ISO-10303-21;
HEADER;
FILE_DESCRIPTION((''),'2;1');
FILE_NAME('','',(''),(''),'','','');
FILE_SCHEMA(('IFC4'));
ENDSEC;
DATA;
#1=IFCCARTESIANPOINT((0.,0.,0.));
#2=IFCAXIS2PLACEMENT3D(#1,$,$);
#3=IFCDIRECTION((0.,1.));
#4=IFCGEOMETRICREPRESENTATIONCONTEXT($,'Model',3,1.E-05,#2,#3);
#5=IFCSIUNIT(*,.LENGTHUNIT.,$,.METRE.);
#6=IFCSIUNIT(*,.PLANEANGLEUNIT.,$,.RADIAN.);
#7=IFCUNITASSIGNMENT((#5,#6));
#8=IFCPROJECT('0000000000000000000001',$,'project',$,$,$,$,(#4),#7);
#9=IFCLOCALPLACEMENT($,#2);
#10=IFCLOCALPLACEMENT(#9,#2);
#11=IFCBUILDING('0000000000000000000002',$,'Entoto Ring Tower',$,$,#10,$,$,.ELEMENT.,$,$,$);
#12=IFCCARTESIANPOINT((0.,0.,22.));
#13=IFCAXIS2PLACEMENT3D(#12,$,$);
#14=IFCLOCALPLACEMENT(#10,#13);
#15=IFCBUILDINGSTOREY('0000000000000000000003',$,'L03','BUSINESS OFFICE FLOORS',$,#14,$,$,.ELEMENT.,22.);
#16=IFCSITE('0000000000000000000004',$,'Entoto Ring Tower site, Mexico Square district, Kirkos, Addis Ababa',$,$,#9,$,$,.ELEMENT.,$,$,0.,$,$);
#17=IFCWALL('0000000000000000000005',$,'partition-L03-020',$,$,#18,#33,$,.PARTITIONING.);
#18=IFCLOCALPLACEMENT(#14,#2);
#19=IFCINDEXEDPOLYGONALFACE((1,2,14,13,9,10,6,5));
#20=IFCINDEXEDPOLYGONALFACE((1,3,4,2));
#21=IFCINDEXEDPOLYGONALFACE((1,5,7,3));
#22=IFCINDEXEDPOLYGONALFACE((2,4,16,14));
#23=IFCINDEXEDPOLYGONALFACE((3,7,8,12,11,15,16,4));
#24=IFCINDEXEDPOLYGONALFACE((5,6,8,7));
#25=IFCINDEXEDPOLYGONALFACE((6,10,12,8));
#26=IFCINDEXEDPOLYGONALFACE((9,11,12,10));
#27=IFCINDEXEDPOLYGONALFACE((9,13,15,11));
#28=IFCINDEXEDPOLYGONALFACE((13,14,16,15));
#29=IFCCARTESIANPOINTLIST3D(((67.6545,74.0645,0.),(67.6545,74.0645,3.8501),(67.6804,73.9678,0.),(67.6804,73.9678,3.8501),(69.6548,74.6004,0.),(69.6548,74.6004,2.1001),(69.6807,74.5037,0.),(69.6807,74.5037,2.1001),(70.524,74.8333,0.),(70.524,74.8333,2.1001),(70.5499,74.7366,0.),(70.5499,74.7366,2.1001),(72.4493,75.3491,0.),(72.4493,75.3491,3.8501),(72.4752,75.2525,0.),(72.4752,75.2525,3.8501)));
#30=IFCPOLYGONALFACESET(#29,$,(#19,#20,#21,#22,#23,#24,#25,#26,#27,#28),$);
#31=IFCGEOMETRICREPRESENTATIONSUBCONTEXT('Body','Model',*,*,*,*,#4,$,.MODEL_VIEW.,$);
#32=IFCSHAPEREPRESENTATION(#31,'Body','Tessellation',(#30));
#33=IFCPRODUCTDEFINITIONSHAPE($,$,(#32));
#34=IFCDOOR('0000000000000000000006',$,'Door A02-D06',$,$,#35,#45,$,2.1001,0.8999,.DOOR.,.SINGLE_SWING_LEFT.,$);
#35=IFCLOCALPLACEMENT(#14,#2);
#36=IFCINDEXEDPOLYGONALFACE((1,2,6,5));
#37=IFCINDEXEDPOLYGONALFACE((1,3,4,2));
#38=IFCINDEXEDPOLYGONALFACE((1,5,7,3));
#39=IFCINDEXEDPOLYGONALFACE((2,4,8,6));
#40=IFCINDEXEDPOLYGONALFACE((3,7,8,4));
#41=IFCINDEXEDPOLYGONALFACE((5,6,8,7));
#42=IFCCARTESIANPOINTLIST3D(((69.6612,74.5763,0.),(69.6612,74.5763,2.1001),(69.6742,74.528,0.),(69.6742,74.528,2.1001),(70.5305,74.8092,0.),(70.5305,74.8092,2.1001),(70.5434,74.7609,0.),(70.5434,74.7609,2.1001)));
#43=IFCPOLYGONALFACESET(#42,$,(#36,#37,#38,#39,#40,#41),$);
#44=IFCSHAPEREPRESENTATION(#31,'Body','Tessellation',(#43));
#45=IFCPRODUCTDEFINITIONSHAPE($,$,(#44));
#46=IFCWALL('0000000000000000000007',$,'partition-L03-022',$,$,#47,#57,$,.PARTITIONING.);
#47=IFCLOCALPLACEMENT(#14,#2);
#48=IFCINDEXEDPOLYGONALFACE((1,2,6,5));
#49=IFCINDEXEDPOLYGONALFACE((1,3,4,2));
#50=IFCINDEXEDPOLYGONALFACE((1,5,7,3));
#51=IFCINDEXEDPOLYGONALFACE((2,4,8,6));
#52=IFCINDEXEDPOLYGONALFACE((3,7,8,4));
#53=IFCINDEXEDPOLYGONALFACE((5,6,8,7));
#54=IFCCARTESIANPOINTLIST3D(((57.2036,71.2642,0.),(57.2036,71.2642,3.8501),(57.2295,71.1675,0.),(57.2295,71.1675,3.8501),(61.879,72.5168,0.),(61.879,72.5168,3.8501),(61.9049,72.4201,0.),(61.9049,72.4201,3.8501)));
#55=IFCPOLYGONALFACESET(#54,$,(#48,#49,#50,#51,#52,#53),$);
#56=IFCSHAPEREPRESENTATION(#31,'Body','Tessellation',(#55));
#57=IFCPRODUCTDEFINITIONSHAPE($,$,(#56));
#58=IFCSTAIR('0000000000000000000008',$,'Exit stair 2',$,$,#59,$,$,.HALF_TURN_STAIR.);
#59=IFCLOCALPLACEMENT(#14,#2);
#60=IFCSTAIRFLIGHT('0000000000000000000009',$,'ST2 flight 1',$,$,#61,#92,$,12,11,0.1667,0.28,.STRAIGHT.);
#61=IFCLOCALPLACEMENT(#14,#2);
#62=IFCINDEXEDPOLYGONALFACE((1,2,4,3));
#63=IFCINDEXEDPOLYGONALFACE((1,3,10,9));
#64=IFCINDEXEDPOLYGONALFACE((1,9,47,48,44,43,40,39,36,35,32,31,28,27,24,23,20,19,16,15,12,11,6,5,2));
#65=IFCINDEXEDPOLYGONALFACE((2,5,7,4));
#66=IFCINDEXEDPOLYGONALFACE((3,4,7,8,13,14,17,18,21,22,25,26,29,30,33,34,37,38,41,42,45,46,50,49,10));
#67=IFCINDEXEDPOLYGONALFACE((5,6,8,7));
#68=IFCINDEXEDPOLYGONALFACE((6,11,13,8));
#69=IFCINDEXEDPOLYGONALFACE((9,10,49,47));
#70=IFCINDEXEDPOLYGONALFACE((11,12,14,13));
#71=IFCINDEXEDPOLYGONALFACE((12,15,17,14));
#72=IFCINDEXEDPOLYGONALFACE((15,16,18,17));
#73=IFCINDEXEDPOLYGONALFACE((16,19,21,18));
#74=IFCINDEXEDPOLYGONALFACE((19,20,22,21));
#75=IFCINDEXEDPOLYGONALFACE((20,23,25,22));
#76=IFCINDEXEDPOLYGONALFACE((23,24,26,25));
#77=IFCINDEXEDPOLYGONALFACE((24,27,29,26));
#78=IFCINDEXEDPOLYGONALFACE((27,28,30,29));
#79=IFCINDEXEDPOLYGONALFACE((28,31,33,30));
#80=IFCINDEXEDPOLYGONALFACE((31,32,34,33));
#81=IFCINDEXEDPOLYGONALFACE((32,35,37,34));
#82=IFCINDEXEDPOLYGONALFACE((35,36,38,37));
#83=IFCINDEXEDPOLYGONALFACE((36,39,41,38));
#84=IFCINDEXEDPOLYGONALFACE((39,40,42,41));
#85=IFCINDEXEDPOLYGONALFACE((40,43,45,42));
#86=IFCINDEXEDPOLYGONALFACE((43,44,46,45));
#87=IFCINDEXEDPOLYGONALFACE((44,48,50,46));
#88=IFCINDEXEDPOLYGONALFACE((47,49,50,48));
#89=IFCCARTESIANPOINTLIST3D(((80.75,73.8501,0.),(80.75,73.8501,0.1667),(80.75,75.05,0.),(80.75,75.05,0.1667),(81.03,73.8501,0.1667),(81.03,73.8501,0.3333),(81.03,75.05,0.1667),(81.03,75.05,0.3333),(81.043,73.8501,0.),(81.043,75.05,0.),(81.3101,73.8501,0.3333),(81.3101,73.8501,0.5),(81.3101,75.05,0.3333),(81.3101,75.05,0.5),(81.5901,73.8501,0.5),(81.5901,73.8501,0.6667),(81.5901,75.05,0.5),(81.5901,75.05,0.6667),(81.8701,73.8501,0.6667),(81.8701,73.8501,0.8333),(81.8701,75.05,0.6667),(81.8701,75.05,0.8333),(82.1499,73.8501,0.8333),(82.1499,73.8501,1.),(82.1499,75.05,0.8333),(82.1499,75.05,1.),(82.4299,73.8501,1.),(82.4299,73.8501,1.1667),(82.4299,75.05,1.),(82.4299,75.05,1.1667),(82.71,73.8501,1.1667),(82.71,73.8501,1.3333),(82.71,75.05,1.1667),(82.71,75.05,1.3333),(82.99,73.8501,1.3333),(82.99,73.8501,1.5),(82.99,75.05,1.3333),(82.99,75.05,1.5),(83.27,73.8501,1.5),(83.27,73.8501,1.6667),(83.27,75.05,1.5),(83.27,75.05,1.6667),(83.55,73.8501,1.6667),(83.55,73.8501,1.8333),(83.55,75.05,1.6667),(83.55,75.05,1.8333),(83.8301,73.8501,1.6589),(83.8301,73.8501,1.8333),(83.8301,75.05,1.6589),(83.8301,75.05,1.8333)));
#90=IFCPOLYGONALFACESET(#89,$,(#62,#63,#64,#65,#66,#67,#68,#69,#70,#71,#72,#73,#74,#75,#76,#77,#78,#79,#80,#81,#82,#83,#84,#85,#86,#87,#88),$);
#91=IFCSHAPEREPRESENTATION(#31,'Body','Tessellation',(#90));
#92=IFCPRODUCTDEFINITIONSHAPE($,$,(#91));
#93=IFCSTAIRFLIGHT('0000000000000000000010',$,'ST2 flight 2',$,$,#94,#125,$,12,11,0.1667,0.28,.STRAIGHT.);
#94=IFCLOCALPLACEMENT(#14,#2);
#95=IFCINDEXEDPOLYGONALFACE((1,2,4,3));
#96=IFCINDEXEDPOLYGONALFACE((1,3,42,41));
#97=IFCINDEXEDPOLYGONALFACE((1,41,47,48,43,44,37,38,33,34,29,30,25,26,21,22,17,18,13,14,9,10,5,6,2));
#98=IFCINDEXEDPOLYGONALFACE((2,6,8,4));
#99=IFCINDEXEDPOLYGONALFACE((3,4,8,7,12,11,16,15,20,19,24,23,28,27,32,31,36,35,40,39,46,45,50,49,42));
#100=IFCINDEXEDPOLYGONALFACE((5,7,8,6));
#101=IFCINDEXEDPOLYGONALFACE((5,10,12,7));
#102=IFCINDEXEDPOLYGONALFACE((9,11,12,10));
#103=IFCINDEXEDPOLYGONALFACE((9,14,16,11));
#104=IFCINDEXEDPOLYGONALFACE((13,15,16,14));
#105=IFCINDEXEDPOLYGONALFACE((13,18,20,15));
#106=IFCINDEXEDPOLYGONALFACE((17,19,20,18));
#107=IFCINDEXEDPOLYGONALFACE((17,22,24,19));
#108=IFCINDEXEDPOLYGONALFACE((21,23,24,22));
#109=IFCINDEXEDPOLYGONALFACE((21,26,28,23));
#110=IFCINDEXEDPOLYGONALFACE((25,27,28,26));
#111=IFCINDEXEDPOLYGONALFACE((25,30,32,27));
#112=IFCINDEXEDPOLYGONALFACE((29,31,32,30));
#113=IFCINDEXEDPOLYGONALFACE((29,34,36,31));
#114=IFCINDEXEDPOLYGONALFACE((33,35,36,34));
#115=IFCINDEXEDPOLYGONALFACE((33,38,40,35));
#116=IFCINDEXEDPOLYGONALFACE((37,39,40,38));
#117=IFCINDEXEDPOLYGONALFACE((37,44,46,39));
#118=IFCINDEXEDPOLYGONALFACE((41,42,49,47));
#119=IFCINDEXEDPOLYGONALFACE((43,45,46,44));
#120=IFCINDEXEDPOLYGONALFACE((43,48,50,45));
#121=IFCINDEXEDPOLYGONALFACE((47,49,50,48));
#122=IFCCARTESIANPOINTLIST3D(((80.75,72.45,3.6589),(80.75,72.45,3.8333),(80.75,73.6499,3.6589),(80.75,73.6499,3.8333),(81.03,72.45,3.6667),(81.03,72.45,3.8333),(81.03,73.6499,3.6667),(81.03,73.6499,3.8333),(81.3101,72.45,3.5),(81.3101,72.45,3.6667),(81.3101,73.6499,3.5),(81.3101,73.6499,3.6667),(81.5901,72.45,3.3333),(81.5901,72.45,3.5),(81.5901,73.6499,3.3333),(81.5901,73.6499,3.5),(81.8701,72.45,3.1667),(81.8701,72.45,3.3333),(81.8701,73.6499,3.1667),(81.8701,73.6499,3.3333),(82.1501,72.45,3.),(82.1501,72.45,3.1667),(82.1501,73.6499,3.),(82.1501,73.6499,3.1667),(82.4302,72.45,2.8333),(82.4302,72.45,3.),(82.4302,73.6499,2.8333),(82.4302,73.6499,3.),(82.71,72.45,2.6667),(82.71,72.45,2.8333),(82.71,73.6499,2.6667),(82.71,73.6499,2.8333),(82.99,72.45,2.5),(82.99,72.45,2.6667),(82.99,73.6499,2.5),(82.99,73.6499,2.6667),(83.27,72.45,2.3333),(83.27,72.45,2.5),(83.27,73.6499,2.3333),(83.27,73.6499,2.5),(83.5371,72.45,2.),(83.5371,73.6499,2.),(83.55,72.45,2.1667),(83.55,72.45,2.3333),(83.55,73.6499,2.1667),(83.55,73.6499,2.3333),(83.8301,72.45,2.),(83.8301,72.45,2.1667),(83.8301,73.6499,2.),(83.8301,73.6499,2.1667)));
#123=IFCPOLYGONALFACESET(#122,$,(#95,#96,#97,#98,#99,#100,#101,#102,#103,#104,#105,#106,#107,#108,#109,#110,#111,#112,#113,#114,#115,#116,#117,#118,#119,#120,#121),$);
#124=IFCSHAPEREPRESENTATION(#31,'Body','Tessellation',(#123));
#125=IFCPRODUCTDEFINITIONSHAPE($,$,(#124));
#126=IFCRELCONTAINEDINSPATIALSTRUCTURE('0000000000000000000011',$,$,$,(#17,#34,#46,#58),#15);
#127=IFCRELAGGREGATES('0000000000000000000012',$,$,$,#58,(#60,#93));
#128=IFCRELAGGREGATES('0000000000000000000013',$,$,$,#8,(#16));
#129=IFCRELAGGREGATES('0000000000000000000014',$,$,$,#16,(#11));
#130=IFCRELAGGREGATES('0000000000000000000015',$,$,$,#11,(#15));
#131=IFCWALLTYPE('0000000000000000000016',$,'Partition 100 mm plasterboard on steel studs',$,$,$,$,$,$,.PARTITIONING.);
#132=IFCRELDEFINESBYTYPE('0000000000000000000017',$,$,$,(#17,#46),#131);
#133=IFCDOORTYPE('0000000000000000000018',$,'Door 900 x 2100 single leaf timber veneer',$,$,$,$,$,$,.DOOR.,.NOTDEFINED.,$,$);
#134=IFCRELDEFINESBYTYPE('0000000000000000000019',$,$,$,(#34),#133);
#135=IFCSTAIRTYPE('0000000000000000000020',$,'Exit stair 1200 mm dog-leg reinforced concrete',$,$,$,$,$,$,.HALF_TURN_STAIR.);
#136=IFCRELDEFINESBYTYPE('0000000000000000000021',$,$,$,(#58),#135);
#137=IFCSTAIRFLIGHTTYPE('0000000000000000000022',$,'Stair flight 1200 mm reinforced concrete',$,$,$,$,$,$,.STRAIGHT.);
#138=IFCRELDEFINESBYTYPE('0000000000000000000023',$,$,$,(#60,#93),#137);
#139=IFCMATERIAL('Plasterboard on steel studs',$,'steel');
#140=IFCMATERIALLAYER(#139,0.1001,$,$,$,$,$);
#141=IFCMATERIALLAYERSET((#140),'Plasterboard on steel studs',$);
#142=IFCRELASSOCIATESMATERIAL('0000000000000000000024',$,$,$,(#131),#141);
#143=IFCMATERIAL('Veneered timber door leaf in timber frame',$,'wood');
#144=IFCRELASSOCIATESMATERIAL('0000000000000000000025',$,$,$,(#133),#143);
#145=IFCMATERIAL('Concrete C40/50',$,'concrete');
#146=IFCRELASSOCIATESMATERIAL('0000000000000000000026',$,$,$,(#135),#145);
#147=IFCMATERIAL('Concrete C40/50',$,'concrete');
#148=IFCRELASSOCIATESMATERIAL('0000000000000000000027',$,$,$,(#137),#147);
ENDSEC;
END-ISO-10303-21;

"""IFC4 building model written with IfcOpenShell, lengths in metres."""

from ifc_helpers import new_model, si_unit, direction, frame, frame_2d, origin, place, context, subcontext, project, spatial, polyline, rectangle, outline, extrude, material, layer, layer_set, type_object, element, fill, aggregate, save


model = new_model("IFC4")

# Units and contexts
model_context = context("Model", 3, precision=1e-05, world=origin(), true_north=direction((0.0, 1.0)))
body_context = subcontext(model_context, "Body", "Model", "MODEL_VIEW")
ifc_project = project(units=[si_unit("LENGTHUNIT", "METRE"), si_unit("PLANEANGLEUNIT", "RADIAN")], contexts=[model_context])

# Site, building, storey
site_placement = place(None, origin())
site = spatial("IfcSite", under=ifc_project, at=site_placement, Name="Entoto Ring Tower site, Mexico Square district, Kirkos, Addis Ababa", CompositionType="ELEMENT", RefElevation=0.0)
building_placement = place(site_placement, origin())
building = spatial("IfcBuilding", under=site, at=building_placement, Name="Entoto Ring Tower", CompositionType="ELEMENT")
storey_placement = place(building_placement, frame((0.0, 0.0, 22.0)))
storey = spatial("IfcBuildingStorey", under=building, at=storey_placement, Name="L03", Description="BUSINESS OFFICE FLOORS", CompositionType="ELEMENT", Elevation=22.0)

# Wall, opening, door
ifc_material_1 = material(Name="Plasterboard on steel studs", Category="steel")
ifc_layer_1 = layer(ifc_material_1, 0.1001)
ifc_layer_set_1 = layer_set([ifc_layer_1], Name="Plasterboard on steel studs")
wall_type_1 = type_object("IfcWallType", Name="Partition 100 mm plasterboard on steel studs", PredefinedType="PARTITIONING", material=ifc_layer_set_1)
wall_1_placement = place(storey_placement, frame((67.6675, 74.0161, 0.0), z_axis=(0.0, 0.0, 1.0), x_axis=(0.965929, 0.258807, 0.0)))
wall_1 = element("IfcWall", 1, at=wall_1_placement, inside=storey, type_object=wall_type_1, Name="partition-L03-020", PredefinedType="PARTITIONING", context=body_context, shape_type="SweptSolid", body=[
    extrude(rectangle(XDim=4.9639, YDim=0.1001, at=frame_2d((2.4819, 0.0))), origin(), (0.0, 0.0, 1.0), 3.8501),
])
opening_1_placement = place(wall_1_placement, frame((2.0708, 0.0, 0.0)))
opening_1 = element("IfcOpeningElement", 2, at=opening_1_placement, cuts=wall_1, PredefinedType="OPENING", context=body_context, shape_type="SweptSolid", body=[
    extrude(rectangle(XDim=0.8999, YDim=2.1001, at=frame_2d((0.45, 1.05))), frame((0.0, 0.0601, 0.0), z_axis=(0.0, -1.0, 0.0), x_axis=(1.0, 0.0, 0.0)), (0.0, 0.0, 1.0), 0.1201),
])
ifc_material_2 = material(Name="Veneered timber door leaf in timber frame", Category="wood")
door_type_1 = type_object("IfcDoorType", Name="Door 900 x 2100 single leaf timber veneer", OperationType="NOTDEFINED", PredefinedType="DOOR", material=ifc_material_2)
door_1_placement = place(opening_1_placement, frame((0.8999, 0.0, 0.0), z_axis=(0.0, 0.0, 1.0), x_axis=(-1.0, 0.0, 0.0)))
door_1 = element("IfcDoor", 3, at=door_1_placement, inside=storey, type_object=door_type_1, Name="Door A02-D06", OperationType="SINGLE_SWING_LEFT", OverallHeight=2.1001, OverallWidth=0.8999, PredefinedType="DOOR", context=body_context, shape_type="SweptSolid", body=[
    extrude(rectangle(XDim=0.8999, YDim=2.1001, at=frame_2d((0.45, 1.05))), frame((0.0, 0.0249, 0.0), z_axis=(0.0, -1.0, 0.0), x_axis=(1.0, 0.0, 0.0)), (0.0, 0.0, 1.0), 0.05),
])
fill(opening_1, door_1)

# Wall
wall_2_placement = place(storey_placement, frame((57.2166, 71.2158, 0.0), z_axis=(0.0, 0.0, 1.0), x_axis=(0.965932, 0.258796, 0.0)))
element("IfcWall", 4, at=wall_2_placement, inside=storey, type_object=wall_type_1, Name="partition-L03-022", PredefinedType="PARTITIONING", context=body_context, shape_type="SweptSolid", body=[
    extrude(rectangle(XDim=4.8403, YDim=0.1001, at=frame_2d((2.4202, 0.0))), origin(), (0.0, 0.0, 1.0), 3.8501),
])

# Stair, stair flights
ifc_material_3 = material(Name="Concrete C40/50", Category="concrete")
stair_type = type_object("IfcStairType", Name="Exit stair 1200 mm dog-leg reinforced concrete", PredefinedType="HALF_TURN_STAIR", material=ifc_material_3)
stair_placement = place(storey_placement, origin())
stair = element("IfcStair", 5, at=stair_placement, inside=storey, type_object=stair_type, Name="Exit stair 2", PredefinedType="HALF_TURN_STAIR")
ifc_material_4 = material(Name="Concrete C40/50", Category="concrete")
stair_flight_type = type_object("IfcStairFlightType", Name="Stair flight 1200 mm reinforced concrete", PredefinedType="STRAIGHT", material=ifc_material_4)
stair_flight_1_placement = place(storey_placement, frame((80.75, 74.45, 0.0), z_axis=(0.0, 0.0, 1.0), x_axis=(1.0, 0.0, 0.0)))
stair_flight_1 = element("IfcStairFlight", 6, at=stair_flight_1_placement, type_object=stair_flight_type, Name="ST2 flight 1", NumberOfRisers=12, NumberOfTreads=11, PredefinedType="STRAIGHT", RiserHeight=0.1667, TreadLength=0.28, context=body_context, shape_type="SweptSolid", body=[
    extrude(outline(polyline([(0.0, 0.0), (0.0, 0.1667), (0.28, 0.1667), (0.28, 0.3333), (0.5601, 0.3333), (0.5601, 0.5), (0.8401, 0.5), (0.8401, 0.6667), (1.1201, 0.6667), (1.1201, 0.8333), (1.3999, 0.8333), (1.3999, 1.0), (1.6799, 1.0), (1.6799, 1.1667), (1.96, 1.1667), (1.96, 1.3333), (2.24, 1.3333), (2.24, 1.5), (2.52, 1.5), (2.52, 1.6667), (2.8, 1.6667), (2.8, 1.8333), (3.0801, 1.8333), (3.0801, 2.0), (3.0801, 1.6589), (0.293, 0.0), (0.0, 0.0)])), frame((0.0, 0.6001, 0.0), z_axis=(0.0, -1.0, 0.0), x_axis=(1.0, 0.0, 0.0)), (0.0, 0.0, 1.0), 1.2),
])
stair_flight_2_placement = place(storey_placement, frame((83.8301, 73.05, 2.0), z_axis=(0.0, 0.0, 1.0), x_axis=(-1.0, 0.0, 0.0)))
stair_flight_2 = element("IfcStairFlight", 7, at=stair_flight_2_placement, type_object=stair_flight_type, Name="ST2 flight 2", NumberOfRisers=12, NumberOfTreads=11, PredefinedType="STRAIGHT", RiserHeight=0.1667, TreadLength=0.28, context=body_context, shape_type="SweptSolid", body=[
    extrude(outline(polyline([(0.0, 0.0), (0.0, 0.1667), (0.28, 0.1667), (0.28, 0.3333), (0.5601, 0.3333), (0.5601, 0.5), (0.8401, 0.5), (0.8401, 0.6667), (1.1201, 0.6667), (1.1201, 0.8333), (1.3999, 0.8333), (1.3999, 1.0), (1.6799, 1.0), (1.6799, 1.1667), (1.96, 1.1667), (1.96, 1.3333), (2.24, 1.3333), (2.24, 1.5), (2.52, 1.5), (2.52, 1.6667), (2.8, 1.6667), (2.8, 1.8333), (3.0801, 1.8333), (3.0801, 2.0), (3.0801, 1.6589), (0.293, 0.0), (0.0, 0.0)])), frame((0.0, 0.6001, 0.0), z_axis=(0.0, -1.0, 0.0), x_axis=(1.0, 0.0, 0.0)), (0.0, 0.0, 1.0), 1.2),
])
aggregate(stair, [stair_flight_1, stair_flight_2])

save(model, "model.ifc")
